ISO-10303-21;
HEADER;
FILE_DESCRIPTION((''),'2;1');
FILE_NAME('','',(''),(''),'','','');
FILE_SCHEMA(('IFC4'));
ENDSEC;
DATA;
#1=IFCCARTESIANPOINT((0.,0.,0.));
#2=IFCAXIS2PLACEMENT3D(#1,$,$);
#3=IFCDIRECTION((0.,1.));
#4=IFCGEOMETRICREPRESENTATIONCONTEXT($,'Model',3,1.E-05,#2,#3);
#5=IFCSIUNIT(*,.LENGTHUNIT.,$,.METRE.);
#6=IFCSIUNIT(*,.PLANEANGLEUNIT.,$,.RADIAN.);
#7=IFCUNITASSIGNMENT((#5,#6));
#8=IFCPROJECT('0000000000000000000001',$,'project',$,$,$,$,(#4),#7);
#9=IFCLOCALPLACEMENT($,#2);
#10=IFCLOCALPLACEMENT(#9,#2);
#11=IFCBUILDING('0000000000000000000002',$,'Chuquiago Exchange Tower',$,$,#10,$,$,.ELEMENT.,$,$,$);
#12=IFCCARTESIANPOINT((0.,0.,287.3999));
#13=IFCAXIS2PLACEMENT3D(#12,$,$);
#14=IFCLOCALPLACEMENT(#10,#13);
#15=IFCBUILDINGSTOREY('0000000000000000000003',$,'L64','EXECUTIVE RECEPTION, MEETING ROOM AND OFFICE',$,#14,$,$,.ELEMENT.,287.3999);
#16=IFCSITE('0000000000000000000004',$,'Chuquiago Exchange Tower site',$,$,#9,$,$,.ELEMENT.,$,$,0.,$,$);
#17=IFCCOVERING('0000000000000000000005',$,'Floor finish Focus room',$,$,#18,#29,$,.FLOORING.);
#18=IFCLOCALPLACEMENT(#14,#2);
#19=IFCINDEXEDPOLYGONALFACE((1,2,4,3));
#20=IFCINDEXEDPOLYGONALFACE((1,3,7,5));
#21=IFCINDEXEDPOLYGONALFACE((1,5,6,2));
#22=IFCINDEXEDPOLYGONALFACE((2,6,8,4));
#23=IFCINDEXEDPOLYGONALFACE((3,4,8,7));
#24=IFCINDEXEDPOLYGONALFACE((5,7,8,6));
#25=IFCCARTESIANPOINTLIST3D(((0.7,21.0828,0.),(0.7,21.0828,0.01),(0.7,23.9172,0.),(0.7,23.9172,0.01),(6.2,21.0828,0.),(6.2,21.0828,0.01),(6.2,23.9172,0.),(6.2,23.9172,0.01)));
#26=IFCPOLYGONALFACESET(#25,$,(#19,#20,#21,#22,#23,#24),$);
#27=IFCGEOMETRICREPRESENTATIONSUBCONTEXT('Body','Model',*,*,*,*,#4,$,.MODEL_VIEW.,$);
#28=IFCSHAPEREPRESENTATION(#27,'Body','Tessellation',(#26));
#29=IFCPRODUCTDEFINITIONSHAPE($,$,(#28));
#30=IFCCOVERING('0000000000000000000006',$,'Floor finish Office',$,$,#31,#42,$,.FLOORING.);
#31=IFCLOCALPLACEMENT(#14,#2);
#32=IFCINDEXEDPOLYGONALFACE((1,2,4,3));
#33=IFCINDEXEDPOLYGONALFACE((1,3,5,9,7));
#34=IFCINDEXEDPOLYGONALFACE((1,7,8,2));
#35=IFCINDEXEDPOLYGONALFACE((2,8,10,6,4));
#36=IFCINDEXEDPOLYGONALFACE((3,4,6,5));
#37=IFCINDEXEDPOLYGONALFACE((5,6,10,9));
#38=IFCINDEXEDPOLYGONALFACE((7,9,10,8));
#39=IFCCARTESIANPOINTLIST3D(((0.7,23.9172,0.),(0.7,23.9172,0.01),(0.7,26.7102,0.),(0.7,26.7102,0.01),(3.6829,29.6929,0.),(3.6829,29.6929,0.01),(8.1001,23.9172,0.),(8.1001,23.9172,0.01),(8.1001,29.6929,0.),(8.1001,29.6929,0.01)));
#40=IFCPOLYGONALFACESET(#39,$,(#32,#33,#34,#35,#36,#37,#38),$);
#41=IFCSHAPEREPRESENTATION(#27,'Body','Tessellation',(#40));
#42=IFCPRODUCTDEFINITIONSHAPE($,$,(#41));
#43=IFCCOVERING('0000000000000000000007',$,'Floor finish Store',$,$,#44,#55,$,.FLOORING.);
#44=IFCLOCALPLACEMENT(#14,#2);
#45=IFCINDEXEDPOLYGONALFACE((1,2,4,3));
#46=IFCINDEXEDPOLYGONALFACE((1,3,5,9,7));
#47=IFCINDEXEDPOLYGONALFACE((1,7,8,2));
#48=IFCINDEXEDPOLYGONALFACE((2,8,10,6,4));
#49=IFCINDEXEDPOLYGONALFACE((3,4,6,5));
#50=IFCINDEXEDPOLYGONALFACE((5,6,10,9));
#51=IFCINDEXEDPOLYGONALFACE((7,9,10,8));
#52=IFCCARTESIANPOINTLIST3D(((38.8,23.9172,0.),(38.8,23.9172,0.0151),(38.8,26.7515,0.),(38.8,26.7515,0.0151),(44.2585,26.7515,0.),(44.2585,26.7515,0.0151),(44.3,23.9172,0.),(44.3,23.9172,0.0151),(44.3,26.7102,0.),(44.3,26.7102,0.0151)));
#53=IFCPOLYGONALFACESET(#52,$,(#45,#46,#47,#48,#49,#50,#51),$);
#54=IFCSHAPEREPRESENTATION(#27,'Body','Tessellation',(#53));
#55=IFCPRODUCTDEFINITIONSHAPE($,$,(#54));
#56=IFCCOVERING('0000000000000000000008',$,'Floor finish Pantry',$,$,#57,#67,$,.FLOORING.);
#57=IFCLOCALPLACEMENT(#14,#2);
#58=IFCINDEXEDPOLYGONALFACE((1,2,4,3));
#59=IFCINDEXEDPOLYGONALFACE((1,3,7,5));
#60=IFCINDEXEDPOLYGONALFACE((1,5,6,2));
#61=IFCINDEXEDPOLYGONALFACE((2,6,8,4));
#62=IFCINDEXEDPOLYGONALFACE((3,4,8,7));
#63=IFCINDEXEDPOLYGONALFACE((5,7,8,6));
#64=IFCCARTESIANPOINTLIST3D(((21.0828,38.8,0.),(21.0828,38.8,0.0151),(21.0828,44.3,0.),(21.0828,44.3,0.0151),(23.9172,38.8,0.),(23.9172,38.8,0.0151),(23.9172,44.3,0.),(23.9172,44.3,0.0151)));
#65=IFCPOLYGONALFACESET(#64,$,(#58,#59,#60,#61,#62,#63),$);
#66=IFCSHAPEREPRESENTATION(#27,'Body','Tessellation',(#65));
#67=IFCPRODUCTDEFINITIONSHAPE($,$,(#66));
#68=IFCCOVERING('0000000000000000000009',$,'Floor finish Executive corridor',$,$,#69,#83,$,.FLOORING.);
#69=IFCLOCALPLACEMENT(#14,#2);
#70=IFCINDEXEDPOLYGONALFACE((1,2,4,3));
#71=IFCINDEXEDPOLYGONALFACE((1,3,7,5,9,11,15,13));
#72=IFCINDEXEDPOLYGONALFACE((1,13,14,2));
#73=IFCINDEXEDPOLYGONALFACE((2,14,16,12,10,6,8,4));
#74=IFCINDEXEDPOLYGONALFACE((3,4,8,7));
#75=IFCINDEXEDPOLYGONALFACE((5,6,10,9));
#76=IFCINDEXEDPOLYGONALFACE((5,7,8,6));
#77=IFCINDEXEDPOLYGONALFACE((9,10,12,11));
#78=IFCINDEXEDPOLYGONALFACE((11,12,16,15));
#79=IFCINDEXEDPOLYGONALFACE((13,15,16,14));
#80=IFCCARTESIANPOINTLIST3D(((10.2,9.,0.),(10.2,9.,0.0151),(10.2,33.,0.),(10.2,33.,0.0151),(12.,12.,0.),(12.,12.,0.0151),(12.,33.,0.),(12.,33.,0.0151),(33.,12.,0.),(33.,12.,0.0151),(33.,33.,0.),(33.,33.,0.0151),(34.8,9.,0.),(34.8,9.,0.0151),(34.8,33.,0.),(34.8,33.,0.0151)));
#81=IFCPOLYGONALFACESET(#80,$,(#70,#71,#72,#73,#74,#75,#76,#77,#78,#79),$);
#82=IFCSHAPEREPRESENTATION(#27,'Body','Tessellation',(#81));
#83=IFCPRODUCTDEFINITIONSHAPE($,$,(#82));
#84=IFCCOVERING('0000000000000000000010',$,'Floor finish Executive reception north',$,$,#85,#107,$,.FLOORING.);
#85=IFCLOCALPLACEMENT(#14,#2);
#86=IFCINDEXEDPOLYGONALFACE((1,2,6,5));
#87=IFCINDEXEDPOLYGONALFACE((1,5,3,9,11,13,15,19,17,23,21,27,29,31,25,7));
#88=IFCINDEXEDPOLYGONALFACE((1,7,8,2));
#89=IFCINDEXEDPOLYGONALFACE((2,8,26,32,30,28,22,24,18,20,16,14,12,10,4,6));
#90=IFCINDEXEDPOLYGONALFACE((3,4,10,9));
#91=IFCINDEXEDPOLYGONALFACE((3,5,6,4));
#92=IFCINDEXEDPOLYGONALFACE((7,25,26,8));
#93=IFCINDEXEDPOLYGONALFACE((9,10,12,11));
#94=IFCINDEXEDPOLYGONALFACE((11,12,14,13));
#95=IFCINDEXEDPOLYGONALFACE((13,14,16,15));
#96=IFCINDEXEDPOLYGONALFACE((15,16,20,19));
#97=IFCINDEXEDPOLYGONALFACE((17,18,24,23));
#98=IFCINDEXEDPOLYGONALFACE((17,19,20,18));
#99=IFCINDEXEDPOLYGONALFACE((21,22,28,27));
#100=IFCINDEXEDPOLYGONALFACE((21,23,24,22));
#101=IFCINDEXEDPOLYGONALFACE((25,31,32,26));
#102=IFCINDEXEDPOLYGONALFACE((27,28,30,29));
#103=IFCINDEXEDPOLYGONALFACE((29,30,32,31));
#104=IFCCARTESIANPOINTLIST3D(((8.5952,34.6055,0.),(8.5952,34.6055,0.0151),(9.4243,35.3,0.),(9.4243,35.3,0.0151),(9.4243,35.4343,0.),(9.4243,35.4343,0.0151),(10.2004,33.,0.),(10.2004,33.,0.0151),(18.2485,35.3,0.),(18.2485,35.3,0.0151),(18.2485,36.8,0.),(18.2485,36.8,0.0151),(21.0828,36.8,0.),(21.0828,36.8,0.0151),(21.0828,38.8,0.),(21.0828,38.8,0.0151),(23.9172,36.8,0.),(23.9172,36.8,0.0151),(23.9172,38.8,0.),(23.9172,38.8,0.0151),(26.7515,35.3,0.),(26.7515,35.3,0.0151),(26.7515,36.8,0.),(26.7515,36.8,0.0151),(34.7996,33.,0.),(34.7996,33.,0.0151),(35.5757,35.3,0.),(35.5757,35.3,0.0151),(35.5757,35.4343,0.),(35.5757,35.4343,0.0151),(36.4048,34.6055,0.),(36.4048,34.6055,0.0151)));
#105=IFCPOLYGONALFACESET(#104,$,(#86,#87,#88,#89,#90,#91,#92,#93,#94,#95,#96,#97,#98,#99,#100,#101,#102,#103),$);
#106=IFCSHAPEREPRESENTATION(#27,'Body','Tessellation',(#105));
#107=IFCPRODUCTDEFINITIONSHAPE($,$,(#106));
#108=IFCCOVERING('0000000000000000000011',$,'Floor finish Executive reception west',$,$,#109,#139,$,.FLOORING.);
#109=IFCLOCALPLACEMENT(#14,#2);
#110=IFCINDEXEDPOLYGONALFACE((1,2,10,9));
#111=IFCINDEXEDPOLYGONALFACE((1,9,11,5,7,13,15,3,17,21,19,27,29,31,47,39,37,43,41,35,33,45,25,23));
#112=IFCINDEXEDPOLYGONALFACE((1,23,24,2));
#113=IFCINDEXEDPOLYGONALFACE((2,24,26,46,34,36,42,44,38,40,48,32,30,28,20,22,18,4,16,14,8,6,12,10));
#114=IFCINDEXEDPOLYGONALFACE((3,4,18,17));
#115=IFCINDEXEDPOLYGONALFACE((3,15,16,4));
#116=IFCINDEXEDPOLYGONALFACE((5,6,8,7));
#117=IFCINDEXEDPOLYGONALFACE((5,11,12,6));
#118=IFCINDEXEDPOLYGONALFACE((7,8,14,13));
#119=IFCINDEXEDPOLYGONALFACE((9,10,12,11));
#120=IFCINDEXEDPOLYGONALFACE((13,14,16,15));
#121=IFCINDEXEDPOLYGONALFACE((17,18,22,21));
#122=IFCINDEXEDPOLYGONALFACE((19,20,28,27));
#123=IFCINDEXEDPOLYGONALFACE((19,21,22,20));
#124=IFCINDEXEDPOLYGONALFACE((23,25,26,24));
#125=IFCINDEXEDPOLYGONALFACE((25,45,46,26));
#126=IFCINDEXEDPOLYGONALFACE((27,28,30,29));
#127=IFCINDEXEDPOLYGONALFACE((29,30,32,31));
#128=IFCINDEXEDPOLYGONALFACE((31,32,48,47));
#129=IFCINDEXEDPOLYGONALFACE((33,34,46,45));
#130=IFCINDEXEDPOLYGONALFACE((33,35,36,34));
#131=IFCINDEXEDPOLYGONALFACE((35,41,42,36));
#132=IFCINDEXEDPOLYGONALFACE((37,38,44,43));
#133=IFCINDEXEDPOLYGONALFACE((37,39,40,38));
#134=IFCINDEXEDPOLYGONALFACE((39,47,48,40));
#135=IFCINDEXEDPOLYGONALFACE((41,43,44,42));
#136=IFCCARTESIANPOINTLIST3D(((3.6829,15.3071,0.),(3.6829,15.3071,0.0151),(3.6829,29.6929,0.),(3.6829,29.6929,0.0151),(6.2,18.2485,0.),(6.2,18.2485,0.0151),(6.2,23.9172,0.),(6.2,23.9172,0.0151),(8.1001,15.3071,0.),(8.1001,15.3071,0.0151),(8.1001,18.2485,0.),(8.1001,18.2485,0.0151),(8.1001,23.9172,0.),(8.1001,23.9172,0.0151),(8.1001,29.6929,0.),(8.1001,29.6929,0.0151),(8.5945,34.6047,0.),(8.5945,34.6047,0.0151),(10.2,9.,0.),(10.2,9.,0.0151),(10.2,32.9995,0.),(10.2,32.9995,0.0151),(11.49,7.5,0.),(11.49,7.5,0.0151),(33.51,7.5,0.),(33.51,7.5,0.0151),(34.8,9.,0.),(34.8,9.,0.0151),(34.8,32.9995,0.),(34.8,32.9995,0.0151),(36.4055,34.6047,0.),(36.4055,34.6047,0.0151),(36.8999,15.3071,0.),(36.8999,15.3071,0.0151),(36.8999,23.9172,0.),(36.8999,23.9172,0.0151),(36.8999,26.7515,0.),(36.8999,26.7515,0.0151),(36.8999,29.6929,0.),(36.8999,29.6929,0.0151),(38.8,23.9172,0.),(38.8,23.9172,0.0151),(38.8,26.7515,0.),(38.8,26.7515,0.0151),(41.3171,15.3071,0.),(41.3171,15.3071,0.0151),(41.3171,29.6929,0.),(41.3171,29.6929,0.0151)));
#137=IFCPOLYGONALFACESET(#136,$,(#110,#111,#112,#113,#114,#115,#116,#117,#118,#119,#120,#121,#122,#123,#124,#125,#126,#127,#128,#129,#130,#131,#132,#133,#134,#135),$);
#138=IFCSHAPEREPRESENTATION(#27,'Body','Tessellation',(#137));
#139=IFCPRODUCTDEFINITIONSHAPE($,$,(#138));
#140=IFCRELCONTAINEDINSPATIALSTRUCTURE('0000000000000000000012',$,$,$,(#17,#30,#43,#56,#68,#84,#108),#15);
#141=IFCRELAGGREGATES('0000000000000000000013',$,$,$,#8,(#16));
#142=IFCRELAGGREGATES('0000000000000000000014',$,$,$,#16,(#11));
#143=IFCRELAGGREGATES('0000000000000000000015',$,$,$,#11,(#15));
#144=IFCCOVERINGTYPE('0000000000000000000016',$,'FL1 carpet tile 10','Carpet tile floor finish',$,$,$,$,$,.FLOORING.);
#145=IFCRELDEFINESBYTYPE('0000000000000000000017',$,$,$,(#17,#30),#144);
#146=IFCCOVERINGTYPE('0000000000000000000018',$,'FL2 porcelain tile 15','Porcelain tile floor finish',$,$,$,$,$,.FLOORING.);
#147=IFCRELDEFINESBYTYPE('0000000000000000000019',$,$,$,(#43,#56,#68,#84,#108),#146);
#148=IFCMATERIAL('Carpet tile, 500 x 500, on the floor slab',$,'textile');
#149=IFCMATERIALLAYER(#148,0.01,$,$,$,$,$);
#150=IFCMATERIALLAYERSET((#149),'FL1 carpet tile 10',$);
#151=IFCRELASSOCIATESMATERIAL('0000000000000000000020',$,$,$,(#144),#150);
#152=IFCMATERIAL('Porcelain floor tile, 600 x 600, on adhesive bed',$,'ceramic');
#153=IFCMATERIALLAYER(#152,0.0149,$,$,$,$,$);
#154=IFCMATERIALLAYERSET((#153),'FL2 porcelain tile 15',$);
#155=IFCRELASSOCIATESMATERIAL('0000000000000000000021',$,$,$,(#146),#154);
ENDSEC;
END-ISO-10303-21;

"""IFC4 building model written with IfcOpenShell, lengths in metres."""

from ifc_helpers import new_model, si_unit, direction, frame, origin, place, context, subcontext, project, spatial, polyline, outline, extrude, material, layer, layer_set, type_object, element, save


model = new_model("IFC4")

# Units and contexts
model_context = context("Model", 3, precision=1e-05, world=origin(), true_north=direction((0.0, 1.0)))
body_context = subcontext(model_context, "Body", "Model", "MODEL_VIEW")
ifc_project = project(units=[si_unit("LENGTHUNIT", "METRE"), si_unit("PLANEANGLEUNIT", "RADIAN")], contexts=[model_context])

# Site, building, storey
site_placement = place(None, origin())
site = spatial("IfcSite", under=ifc_project, at=site_placement, Name="Chuquiago Exchange Tower site", CompositionType="ELEMENT", RefElevation=0.0)
building_placement = place(site_placement, origin())
building = spatial("IfcBuilding", under=site, at=building_placement, Name="Chuquiago Exchange Tower", CompositionType="ELEMENT")
storey_placement = place(building_placement, frame((0.0, 0.0, 287.3999)))
storey = spatial("IfcBuildingStorey", under=building, at=storey_placement, Name="L64", Description="EXECUTIVE RECEPTION, MEETING ROOM AND OFFICE", CompositionType="ELEMENT", Elevation=287.3999)

# Coverings
ifc_material_1 = material(Name="Carpet tile, 500 x 500, on the floor slab", Category="textile")
ifc_layer_1 = layer(ifc_material_1, 0.01)
ifc_layer_set_1 = layer_set([ifc_layer_1], Name="FL1 carpet tile 10")
covering_type_1 = type_object("IfcCoveringType", Name="FL1 carpet tile 10", Description="Carpet tile floor finish", PredefinedType="FLOORING", material=ifc_layer_set_1)
covering_1_placement = place(storey_placement, origin())
element("IfcCovering", 1, at=covering_1_placement, inside=storey, type_object=covering_type_1, Name="Floor finish Focus room", PredefinedType="FLOORING", context=body_context, shape_type="SweptSolid", body=[
    extrude(outline(polyline([(0.7, 23.9172), (6.2, 23.9172), (6.2, 21.0828), (0.7, 21.0828), (0.7, 23.9172)])), origin(), (0.0, 0.0, 1.0), 0.01),
])
covering_2_placement = place(storey_placement, origin())
element("IfcCovering", 2, at=covering_2_placement, inside=storey, type_object=covering_type_1, Name="Floor finish Office", PredefinedType="FLOORING", context=body_context, shape_type="SweptSolid", body=[
    extrude(outline(polyline([(0.7, 26.7102), (3.6829, 29.6929), (8.1001, 29.6929), (8.1001, 23.9172), (0.7, 23.9172), (0.7, 26.7102)])), origin(), (0.0, 0.0, 1.0), 0.01),
])
ifc_material_2 = material(Name="Porcelain floor tile, 600 x 600, on adhesive bed", Category="ceramic")
ifc_layer_2 = layer(ifc_material_2, 0.0149)
ifc_layer_set_2 = layer_set([ifc_layer_2], Name="FL2 porcelain tile 15")
covering_type_2 = type_object("IfcCoveringType", Name="FL2 porcelain tile 15", Description="Porcelain tile floor finish", PredefinedType="FLOORING", material=ifc_layer_set_2)
covering_3_placement = place(storey_placement, origin())
element("IfcCovering", 3, at=covering_3_placement, inside=storey, type_object=covering_type_2, Name="Floor finish Store", PredefinedType="FLOORING", context=body_context, shape_type="SweptSolid", body=[
    extrude(outline(polyline([(44.3, 26.7102), (44.3, 23.9172), (38.8, 23.9172), (38.8, 26.7515), (44.2585, 26.7515), (44.3, 26.7102)])), origin(), (0.0, 0.0, 1.0), 0.0151),
])
covering_4_placement = place(storey_placement, origin())
element("IfcCovering", 4, at=covering_4_placement, inside=storey, type_object=covering_type_2, Name="Floor finish Pantry", PredefinedType="FLOORING", context=body_context, shape_type="SweptSolid", body=[
    extrude(outline(polyline([(23.9172, 44.3), (23.9172, 38.8), (21.0828, 38.8), (21.0828, 44.3), (23.9172, 44.3)])), origin(), (0.0, 0.0, 1.0), 0.0151),
])
covering_5_placement = place(storey_placement, origin())
element("IfcCovering", 5, at=covering_5_placement, inside=storey, type_object=covering_type_2, Name="Floor finish Executive corridor", PredefinedType="FLOORING", context=body_context, shape_type="SweptSolid", body=[
    extrude(outline(polyline([(12.0, 12.0), (33.0, 12.0), (33.0, 33.0), (34.8, 33.0), (34.8, 9.0), (10.2, 9.0), (10.2, 33.0), (12.0, 33.0), (12.0, 12.0)])), origin(), (0.0, 0.0, 1.0), 0.0151),
])
covering_6_placement = place(storey_placement, origin())
element("IfcCovering", 6, at=covering_6_placement, inside=storey, type_object=covering_type_2, Name="Floor finish Executive reception north", PredefinedType="FLOORING", context=body_context, shape_type="SweptSolid", body=[
    extrude(outline(polyline([(18.2485, 35.3), (18.2485, 36.8), (21.0828, 36.8), (21.0828, 38.8), (23.9172, 38.8), (23.9172, 36.8), (26.7515, 36.8), (26.7515, 35.3), (35.5757, 35.3), (35.5757, 35.4343), (36.4048, 34.6055), (34.7996, 33.0), (10.2004, 33.0), (8.5952, 34.6055), (9.4243, 35.4343), (9.4243, 35.3), (18.2485, 35.3)])), origin(), (0.0, 0.0, 1.0), 0.0151),
])
covering_7_placement = place(storey_placement, origin())
element("IfcCovering", 7, at=covering_7_placement, inside=storey, type_object=covering_type_2, Name="Floor finish Executive reception west", PredefinedType="FLOORING", context=body_context, shape_type="SweptSolid", body=[
    extrude(outline(polyline([(41.3171, 29.6929), (36.8999, 29.6929), (36.8999, 26.7515), (38.8, 26.7515), (38.8, 23.9172), (36.8999, 23.9172), (36.8999, 15.3071), (41.3171, 15.3071), (33.51, 7.5), (11.49, 7.5), (3.6829, 15.3071), (8.1001, 15.3071), (8.1001, 18.2485), (6.2, 18.2485), (6.2, 23.9172), (8.1001, 23.9172), (8.1001, 29.6929), (3.6829, 29.6929), (8.5945, 34.6047), (10.2, 32.9995), (10.2, 9.0), (34.8, 9.0), (34.8, 32.9995), (36.4055, 34.6047), (41.3171, 29.6929)])), origin(), (0.0, 0.0, 1.0), 0.0151),
])

save(model, "model.ifc")
